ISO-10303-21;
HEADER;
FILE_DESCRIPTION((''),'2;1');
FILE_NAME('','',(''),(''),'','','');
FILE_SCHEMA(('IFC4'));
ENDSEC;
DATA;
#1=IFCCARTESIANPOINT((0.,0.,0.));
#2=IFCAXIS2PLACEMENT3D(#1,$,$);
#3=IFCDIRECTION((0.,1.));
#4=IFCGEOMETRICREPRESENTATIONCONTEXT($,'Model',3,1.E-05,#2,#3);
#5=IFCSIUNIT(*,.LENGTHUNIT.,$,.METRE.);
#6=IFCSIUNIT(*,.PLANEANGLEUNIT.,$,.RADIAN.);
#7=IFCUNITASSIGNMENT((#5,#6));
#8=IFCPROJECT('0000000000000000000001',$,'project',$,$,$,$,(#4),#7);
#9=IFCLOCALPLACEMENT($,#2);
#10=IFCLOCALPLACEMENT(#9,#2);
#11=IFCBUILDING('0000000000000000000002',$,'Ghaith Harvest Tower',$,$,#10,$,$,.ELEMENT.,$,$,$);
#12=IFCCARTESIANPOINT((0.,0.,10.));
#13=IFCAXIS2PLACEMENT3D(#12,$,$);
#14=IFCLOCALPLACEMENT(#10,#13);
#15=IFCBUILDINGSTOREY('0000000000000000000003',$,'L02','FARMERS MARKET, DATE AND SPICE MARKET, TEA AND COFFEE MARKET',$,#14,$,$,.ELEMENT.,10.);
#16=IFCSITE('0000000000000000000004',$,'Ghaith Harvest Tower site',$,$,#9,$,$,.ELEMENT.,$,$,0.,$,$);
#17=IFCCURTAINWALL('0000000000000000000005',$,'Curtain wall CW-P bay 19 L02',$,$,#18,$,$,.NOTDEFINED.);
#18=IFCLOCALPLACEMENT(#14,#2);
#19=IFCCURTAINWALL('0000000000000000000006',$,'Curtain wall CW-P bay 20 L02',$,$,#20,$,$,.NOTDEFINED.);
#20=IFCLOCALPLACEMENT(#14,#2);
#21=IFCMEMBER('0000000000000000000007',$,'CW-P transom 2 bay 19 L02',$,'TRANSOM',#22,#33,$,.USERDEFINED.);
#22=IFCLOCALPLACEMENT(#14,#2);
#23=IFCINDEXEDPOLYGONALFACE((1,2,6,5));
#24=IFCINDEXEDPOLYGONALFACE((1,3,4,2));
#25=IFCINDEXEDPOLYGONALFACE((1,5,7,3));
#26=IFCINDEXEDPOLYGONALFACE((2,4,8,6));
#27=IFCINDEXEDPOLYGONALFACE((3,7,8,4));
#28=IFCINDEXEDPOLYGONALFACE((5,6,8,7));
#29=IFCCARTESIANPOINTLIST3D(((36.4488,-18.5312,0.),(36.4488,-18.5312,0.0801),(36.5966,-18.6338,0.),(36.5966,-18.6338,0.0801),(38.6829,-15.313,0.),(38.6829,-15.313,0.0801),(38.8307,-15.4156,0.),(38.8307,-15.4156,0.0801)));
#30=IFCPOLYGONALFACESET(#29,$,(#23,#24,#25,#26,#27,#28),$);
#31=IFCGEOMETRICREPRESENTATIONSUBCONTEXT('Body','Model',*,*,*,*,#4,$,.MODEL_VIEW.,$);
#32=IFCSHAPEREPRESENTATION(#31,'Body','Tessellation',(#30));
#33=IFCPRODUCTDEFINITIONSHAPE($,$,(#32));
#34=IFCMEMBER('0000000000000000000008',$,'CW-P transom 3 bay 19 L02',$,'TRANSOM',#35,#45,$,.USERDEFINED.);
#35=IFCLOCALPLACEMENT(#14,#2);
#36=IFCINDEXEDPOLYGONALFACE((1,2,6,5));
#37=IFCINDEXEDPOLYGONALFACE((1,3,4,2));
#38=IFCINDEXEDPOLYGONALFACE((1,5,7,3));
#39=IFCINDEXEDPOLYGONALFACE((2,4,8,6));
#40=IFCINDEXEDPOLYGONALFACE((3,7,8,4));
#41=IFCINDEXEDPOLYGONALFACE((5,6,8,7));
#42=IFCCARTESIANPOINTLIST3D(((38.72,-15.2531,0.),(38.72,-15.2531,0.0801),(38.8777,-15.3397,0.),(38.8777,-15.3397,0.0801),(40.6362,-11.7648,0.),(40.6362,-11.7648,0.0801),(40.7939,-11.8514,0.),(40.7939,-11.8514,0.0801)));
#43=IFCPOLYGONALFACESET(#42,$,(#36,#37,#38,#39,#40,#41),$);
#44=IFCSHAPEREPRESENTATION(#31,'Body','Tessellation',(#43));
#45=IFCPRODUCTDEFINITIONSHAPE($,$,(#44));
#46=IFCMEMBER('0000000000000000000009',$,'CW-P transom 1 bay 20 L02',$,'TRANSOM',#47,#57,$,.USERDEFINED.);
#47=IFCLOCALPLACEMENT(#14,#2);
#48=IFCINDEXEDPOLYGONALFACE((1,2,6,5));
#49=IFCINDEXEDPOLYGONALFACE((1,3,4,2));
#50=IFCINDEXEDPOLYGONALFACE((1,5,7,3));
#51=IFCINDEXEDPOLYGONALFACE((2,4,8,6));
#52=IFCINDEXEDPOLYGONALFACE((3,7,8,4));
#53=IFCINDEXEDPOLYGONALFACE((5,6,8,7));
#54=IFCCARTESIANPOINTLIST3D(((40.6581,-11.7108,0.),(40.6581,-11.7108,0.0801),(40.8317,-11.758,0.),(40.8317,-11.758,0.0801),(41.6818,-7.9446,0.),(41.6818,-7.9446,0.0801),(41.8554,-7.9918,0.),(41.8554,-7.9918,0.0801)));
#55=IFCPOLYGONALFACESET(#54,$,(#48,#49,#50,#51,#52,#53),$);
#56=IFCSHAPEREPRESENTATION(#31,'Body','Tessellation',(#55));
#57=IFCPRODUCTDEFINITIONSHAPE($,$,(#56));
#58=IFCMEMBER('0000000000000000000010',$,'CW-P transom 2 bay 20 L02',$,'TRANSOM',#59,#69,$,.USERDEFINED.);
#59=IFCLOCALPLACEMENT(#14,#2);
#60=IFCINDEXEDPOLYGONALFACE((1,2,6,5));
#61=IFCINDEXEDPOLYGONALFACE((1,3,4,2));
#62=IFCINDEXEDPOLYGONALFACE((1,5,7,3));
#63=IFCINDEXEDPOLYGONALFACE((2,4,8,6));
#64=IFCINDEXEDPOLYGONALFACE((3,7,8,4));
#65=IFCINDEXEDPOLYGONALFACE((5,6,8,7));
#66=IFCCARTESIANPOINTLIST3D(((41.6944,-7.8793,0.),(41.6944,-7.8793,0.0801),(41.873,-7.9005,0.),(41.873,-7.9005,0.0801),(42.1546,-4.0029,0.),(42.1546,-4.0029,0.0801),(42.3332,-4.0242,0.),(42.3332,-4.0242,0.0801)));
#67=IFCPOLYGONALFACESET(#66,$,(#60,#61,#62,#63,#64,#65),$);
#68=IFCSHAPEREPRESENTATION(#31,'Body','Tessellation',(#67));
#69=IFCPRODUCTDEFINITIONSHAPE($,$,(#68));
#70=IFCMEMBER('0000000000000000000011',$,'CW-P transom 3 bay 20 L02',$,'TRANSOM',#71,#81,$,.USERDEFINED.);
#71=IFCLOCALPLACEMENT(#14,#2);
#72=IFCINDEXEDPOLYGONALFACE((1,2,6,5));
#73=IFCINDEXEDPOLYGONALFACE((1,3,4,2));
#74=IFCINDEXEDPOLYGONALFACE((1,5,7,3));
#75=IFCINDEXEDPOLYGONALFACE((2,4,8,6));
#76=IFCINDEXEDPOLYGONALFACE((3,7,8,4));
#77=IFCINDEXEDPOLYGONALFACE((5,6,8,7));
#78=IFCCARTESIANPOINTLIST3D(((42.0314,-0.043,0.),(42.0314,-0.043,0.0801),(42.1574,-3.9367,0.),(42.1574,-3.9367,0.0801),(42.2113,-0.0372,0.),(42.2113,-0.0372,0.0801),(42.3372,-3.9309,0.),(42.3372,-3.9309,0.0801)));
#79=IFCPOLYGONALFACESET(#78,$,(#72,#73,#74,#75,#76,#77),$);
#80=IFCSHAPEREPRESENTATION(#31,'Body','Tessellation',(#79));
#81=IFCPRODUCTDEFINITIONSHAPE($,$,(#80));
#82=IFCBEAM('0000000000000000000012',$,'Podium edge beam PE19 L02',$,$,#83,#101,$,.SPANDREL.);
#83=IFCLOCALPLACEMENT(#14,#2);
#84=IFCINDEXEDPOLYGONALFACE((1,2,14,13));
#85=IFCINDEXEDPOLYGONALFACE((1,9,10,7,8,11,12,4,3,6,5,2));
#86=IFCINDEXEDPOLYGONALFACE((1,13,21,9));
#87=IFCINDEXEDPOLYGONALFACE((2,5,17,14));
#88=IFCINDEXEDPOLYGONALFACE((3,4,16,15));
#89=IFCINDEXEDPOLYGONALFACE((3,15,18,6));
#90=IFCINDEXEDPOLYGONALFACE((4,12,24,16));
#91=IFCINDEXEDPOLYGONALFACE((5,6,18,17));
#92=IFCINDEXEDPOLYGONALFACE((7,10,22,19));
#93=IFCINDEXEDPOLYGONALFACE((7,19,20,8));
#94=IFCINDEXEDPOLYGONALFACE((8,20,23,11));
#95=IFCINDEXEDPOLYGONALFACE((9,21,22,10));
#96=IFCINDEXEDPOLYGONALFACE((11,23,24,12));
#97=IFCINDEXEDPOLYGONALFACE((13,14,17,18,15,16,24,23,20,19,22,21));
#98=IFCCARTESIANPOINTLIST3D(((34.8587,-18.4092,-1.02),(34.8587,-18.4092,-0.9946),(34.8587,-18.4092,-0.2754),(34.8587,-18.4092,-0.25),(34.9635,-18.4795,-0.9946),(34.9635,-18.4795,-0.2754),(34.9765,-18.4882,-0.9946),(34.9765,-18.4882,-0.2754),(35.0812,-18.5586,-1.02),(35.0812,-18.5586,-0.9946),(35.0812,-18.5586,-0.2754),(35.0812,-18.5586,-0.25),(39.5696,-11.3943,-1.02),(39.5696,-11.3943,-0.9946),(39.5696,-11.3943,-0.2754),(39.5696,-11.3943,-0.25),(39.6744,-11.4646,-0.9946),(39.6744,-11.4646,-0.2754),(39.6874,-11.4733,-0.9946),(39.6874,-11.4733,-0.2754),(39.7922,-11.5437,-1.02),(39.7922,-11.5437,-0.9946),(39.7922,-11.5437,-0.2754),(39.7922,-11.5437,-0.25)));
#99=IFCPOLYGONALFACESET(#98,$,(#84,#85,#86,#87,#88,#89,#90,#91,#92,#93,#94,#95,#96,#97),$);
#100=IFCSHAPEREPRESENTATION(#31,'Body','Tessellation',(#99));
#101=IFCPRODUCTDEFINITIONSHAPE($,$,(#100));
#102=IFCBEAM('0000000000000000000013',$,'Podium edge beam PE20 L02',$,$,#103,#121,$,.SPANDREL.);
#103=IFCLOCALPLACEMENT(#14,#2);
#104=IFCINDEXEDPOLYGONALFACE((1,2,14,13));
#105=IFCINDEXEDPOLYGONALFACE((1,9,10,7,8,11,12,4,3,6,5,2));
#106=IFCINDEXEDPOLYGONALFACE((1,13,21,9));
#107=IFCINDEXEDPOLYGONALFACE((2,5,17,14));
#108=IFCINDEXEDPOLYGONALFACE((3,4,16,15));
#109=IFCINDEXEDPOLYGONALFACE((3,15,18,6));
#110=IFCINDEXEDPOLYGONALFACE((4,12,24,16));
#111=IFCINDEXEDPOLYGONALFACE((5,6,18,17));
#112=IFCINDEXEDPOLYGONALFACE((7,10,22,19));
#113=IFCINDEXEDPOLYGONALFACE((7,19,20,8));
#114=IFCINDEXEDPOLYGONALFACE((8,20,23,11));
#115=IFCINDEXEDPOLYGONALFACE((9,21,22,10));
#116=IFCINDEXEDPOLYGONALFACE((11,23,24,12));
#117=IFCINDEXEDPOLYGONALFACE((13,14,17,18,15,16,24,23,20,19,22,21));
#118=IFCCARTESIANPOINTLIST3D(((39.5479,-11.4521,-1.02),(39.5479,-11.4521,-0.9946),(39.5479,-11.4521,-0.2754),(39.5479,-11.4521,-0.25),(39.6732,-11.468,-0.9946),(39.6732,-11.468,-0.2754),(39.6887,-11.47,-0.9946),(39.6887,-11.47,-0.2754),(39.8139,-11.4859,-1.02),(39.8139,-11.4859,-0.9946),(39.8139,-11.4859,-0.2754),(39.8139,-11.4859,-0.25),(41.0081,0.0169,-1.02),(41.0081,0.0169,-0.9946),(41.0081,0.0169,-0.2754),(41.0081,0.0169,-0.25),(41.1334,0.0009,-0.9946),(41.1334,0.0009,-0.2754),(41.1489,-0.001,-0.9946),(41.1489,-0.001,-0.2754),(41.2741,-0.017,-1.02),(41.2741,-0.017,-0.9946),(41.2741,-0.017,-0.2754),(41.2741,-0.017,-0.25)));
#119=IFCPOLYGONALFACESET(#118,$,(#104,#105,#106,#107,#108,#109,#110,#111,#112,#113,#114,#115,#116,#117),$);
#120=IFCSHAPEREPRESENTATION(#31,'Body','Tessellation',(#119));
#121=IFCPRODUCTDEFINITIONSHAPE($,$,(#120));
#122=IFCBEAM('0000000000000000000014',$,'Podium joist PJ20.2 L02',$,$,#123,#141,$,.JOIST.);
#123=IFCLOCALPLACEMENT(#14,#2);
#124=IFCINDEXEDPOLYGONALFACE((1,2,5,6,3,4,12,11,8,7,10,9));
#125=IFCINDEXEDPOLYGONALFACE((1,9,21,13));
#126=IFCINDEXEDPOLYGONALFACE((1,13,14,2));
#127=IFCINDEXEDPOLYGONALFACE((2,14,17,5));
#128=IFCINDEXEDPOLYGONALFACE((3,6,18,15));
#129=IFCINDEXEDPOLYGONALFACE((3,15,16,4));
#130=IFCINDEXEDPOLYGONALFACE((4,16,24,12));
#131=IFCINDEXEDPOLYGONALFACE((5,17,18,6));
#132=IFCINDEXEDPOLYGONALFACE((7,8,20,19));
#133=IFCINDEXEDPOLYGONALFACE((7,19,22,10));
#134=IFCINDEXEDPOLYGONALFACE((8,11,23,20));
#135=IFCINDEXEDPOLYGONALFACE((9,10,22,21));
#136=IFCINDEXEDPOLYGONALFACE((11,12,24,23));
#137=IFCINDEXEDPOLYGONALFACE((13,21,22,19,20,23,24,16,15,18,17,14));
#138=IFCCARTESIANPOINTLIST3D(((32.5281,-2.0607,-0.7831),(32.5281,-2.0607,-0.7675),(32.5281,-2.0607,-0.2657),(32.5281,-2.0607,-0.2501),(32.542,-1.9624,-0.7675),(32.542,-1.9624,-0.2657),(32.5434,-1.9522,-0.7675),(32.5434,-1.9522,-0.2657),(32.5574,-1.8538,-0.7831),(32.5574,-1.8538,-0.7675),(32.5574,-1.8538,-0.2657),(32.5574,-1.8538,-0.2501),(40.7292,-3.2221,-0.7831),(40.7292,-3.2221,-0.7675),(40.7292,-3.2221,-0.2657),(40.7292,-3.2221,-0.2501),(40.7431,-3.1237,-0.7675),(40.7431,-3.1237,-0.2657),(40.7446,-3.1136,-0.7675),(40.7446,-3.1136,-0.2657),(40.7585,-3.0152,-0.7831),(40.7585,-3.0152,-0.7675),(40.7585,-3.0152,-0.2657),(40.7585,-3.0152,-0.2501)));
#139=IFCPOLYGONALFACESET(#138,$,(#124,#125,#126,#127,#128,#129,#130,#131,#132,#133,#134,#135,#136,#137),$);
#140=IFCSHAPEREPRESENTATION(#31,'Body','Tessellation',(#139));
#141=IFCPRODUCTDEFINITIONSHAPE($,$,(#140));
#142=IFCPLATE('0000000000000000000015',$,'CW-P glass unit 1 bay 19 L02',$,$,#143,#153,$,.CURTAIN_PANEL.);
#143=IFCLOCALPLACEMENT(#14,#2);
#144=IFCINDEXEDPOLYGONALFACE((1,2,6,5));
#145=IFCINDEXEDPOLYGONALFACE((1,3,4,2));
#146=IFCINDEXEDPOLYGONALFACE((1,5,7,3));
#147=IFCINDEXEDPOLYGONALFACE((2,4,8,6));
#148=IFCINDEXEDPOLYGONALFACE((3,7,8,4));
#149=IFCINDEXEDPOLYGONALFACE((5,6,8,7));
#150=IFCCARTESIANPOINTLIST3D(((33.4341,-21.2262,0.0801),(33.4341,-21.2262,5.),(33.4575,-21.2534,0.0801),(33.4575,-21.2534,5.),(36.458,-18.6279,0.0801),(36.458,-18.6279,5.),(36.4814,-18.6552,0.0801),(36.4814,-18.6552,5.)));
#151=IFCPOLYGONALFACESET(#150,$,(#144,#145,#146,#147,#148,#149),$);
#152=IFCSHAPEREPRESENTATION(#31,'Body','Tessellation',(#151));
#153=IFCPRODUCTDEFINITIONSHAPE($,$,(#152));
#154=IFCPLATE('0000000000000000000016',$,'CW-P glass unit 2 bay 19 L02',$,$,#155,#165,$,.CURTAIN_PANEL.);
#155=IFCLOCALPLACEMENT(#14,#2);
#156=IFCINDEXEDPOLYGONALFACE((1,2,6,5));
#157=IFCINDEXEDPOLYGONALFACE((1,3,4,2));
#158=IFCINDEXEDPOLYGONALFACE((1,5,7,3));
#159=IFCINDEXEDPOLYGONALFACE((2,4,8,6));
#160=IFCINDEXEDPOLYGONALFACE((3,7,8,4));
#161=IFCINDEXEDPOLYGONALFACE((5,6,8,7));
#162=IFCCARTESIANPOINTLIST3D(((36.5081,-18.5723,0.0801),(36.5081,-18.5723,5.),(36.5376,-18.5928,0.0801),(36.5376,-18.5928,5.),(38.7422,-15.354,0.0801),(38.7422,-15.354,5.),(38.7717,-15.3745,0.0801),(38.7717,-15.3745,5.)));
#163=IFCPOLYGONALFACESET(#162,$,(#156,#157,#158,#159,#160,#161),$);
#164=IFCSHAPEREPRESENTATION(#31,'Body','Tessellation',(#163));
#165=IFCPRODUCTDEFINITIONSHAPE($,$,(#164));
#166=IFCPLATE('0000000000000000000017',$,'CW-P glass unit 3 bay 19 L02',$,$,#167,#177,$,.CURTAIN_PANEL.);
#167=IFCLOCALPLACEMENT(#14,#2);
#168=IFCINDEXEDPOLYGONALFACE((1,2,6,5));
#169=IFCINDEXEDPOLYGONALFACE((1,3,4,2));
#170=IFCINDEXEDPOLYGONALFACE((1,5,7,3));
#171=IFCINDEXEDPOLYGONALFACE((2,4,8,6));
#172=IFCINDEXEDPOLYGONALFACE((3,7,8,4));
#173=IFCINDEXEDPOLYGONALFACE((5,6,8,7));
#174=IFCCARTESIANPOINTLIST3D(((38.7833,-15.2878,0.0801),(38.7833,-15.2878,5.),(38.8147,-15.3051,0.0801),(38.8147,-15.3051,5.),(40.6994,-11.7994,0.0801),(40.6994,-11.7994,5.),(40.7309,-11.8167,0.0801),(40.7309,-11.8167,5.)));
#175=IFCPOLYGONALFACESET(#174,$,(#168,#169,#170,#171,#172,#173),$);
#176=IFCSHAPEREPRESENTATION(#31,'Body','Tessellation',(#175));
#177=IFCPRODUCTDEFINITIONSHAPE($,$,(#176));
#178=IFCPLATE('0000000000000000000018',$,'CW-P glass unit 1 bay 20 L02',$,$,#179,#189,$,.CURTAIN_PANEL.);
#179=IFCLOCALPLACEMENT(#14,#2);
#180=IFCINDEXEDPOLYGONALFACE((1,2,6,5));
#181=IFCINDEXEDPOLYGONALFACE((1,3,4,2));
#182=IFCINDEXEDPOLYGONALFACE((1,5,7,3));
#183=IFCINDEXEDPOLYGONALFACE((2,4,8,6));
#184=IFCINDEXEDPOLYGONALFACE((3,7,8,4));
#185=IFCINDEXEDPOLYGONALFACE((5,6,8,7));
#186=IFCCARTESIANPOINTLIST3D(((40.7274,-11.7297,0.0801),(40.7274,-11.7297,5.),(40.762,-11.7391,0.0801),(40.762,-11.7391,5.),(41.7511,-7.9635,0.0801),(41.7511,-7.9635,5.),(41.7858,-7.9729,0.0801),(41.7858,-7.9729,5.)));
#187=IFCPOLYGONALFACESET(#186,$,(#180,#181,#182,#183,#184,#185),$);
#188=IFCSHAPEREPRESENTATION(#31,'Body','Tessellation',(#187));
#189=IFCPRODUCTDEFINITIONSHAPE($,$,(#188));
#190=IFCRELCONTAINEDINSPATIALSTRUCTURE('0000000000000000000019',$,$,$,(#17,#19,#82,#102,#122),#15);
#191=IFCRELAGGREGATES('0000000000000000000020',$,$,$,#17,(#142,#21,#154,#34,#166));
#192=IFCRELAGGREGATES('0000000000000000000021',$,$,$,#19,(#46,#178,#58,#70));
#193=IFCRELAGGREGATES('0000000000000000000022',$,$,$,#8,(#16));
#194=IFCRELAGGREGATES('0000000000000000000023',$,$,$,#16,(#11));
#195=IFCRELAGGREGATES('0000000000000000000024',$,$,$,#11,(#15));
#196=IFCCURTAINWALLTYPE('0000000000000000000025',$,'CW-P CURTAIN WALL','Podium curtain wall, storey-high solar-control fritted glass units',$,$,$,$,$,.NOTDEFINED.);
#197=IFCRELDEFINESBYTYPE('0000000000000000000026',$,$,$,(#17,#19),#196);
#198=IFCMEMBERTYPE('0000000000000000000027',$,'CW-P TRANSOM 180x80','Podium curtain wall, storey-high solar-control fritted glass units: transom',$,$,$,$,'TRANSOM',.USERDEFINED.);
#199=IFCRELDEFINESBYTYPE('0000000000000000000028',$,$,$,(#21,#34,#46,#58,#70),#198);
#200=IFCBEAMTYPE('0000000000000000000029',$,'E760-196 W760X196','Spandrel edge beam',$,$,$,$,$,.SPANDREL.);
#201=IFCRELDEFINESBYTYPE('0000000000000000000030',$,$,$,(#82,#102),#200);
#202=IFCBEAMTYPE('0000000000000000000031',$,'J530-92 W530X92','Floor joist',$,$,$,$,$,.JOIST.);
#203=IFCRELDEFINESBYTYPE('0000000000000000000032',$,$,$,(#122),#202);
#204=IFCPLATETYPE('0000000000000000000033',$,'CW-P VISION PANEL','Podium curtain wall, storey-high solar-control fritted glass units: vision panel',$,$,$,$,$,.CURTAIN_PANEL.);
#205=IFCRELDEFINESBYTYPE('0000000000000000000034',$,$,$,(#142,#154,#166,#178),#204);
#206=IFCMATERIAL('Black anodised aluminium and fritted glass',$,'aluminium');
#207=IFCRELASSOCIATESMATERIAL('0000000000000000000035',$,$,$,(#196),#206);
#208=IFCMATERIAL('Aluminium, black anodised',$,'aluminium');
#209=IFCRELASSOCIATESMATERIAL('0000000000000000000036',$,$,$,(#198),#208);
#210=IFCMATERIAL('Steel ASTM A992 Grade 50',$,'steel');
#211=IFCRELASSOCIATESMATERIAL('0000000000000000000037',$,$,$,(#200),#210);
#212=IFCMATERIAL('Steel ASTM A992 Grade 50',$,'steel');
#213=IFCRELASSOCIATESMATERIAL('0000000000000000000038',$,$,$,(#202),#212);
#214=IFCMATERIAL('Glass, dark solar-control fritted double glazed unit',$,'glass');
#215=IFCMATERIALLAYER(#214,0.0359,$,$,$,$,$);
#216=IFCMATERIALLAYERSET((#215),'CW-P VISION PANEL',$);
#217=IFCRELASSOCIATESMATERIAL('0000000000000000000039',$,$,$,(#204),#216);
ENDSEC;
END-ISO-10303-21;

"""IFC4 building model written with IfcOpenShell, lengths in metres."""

from ifc_helpers import new_model, si_unit, direction, frame, origin, origin_2d, place, context, subcontext, project, spatial, rectangle, i_section, extrude, material, layer, layer_set, material_profile, profile_set, type_object, element, aggregate, save


model = new_model("IFC4")

# Units and contexts
model_context = context("Model", 3, precision=1e-05, world=origin(), true_north=direction((0.0, 1.0)))
body_context = subcontext(model_context, "Body", "Model", "MODEL_VIEW")
ifc_project = project(units=[si_unit("LENGTHUNIT", "METRE"), si_unit("PLANEANGLEUNIT", "RADIAN")], contexts=[model_context])

# Site, building, storey
site_placement = place(None, origin())
site = spatial("IfcSite", under=ifc_project, at=site_placement, Name="Ghaith Harvest Tower site", CompositionType="ELEMENT", RefElevation=0.0)
building_placement = place(site_placement, origin())
building = spatial("IfcBuilding", under=site, at=building_placement, Name="Ghaith Harvest Tower", CompositionType="ELEMENT")
storey_placement = place(building_placement, frame((0.0, 0.0, 10.0)))
storey = spatial("IfcBuildingStorey", under=building, at=storey_placement, Name="L02", Description="FARMERS MARKET, DATE AND SPICE MARKET, TEA AND COFFEE MARKET", CompositionType="ELEMENT", Elevation=10.0)

# Curtain walls
ifc_material_1 = material(Name="Black anodised aluminium and fritted glass", Category="aluminium")
curtain_wall_type = type_object("IfcCurtainWallType", Name="CW-P CURTAIN WALL", Description="Podium curtain wall, storey-high solar-control fritted glass units", PredefinedType="NOTDEFINED", material=ifc_material_1)
curtain_wall_1_placement = place(storey_placement, origin())
curtain_wall_1 = element("IfcCurtainWall", 1, at=curtain_wall_1_placement, inside=storey, type_object=curtain_wall_type, Name="Curtain wall CW-P bay 19 L02", PredefinedType="NOTDEFINED")
curtain_wall_2_placement = place(storey_placement, origin())
curtain_wall_2 = element("IfcCurtainWall", 2, at=curtain_wall_2_placement, inside=storey, type_object=curtain_wall_type, Name="Curtain wall CW-P bay 20 L02", PredefinedType="NOTDEFINED")

# Members
ifc_material_2 = material(Name="Aluminium, black anodised", Category="aluminium")
ifc_material_profile_1 = material_profile(ifc_material_2, rectangle(XDim=0.1799, YDim=0.0801, at=origin_2d()), Name="CW-P TRANSOM 180x80")
ifc_profile_set_1 = profile_set([ifc_material_profile_1], Name="Aluminium, black anodised")
member_type_1 = type_object("IfcMemberType", Name="CW-P TRANSOM 180x80", Description="Podium curtain wall, storey-high solar-control fritted glass units: transom", ElementType="TRANSOM", PredefinedType="USERDEFINED", material=ifc_profile_set_1)
member_1_placement = place(storey_placement, frame((36.5227, -18.5825, 0.04), z_axis=(0.570263, 0.821462, 0.0), x_axis=(-0.821462, 0.570263, 0.0)))
member_1 = element("IfcMember", 3, at=member_1_placement, type_object=member_type_1, Name="CW-P transom 2 bay 19 L02", ObjectType="TRANSOM", PredefinedType="USERDEFINED", context=body_context, shape_type="SweptSolid", body=[
    extrude(rectangle(XDim=0.1799, YDim=0.0801, at=origin_2d()), origin(), (0.0, 0.0, 1.0), 3.9177),
])
member_2_placement = place(storey_placement, frame((38.7988, -15.2964, 0.04), z_axis=(0.481476, 0.876459, 0.0), x_axis=(-0.876459, 0.481476, 0.0)))
member_2 = element("IfcMember", 4, at=member_2_placement, type_object=member_type_1, Name="CW-P transom 3 bay 19 L02", ObjectType="TRANSOM", PredefinedType="USERDEFINED", context=body_context, shape_type="SweptSolid", body=[
    extrude(rectangle(XDim=0.1799, YDim=0.0801, at=origin_2d()), origin(), (0.0, 0.0, 1.0), 3.98),
])
member_3_placement = place(storey_placement, frame((40.7449, -11.7344, 0.04), z_axis=(0.262297, 0.964987, 0.0), x_axis=(-0.964987, 0.262297, 0.0)))
member_3 = element("IfcMember", 5, at=member_3_placement, type_object=member_type_1, Name="CW-P transom 1 bay 20 L02", ObjectType="TRANSOM", PredefinedType="USERDEFINED", context=body_context, shape_type="SweptSolid", body=[
    extrude(rectangle(XDim=0.1799, YDim=0.0801, at=origin_2d()), origin(), (0.0, 0.0, 1.0), 3.9028),
])
member_4_placement = place(storey_placement, frame((41.7837, -7.8899, 0.04), z_axis=(0.117897, 0.993026, 0.0), x_axis=(-0.993026, 0.117897, 0.0)))
member_4 = element("IfcMember", 6, at=member_4_placement, type_object=member_type_1, Name="CW-P transom 2 bay 20 L02", ObjectType="TRANSOM", PredefinedType="USERDEFINED", context=body_context, shape_type="SweptSolid", body=[
    extrude(rectangle(XDim=0.1799, YDim=0.0801, at=origin_2d()), origin(), (0.0, 0.0, 1.0), 3.9036),
])
member_5_placement = place(storey_placement, frame((42.2473, -3.9338, 0.04), z_axis=(-0.032336, 0.999477, 0.0), x_axis=(-0.999477, -0.032336, 0.0)))
member_5 = element("IfcMember", 7, at=member_5_placement, type_object=member_type_1, Name="CW-P transom 3 bay 20 L02", ObjectType="TRANSOM", PredefinedType="USERDEFINED", context=body_context, shape_type="SweptSolid", body=[
    extrude(rectangle(XDim=0.1799, YDim=0.0801, at=origin_2d()), origin(), (0.0, 0.0, 1.0), 3.8958),
])

# Beams
ifc_material_3 = material(Name="Steel ASTM A992 Grade 50", Category="steel")
ifc_material_profile_2 = material_profile(ifc_material_3, i_section(OverallWidth=0.2681, OverallDepth=0.77, WebThickness=0.0156, FlangeThickness=0.0254, at=origin_2d()), Name="W760X196")
ifc_profile_set_2 = profile_set([ifc_material_profile_2], Name="Steel ASTM A992 Grade 50")
beam_type_1 = type_object("IfcBeamType", Name="E760-196 W760X196", Description="Spandrel edge beam", PredefinedType="SPANDREL", material=ifc_profile_set_2)
beam_1_placement = place(storey_placement, frame((34.97, -18.4839, -0.635), z_axis=(0.557511, 0.83017, 0.0), x_axis=(-0.83017, 0.557511, 0.0)))
element("IfcBeam", 8, at=beam_1_placement, inside=storey, type_object=beam_type_1, Name="Podium edge beam PE19 L02", PredefinedType="SPANDREL", context=body_context, shape_type="SweptSolid", body=[
    extrude(i_section(OverallWidth=0.2681, OverallDepth=0.77, WebThickness=0.0156, FlangeThickness=0.0254, at=origin_2d()), origin(), (0.0, 0.0, 1.0), 8.45),
])
beam_2_placement = place(storey_placement, frame((39.6809, -11.469, -0.635), z_axis=(0.126298, 0.991992, 0.0), x_axis=(-0.991992, 0.126298, 0.0)))
element("IfcBeam", 9, at=beam_2_placement, inside=storey, type_object=beam_type_1, Name="Podium edge beam PE20 L02", PredefinedType="SPANDREL", context=body_context, shape_type="SweptSolid", body=[
    extrude(i_section(OverallWidth=0.2681, OverallDepth=0.77, WebThickness=0.0156, FlangeThickness=0.0254, at=origin_2d()), origin(), (0.0, 0.0, 1.0), 11.5615),
])
ifc_material_4 = material(Name="Steel ASTM A992 Grade 50", Category="steel")
ifc_material_profile_3 = material_profile(ifc_material_4, i_section(OverallWidth=0.209, OverallDepth=0.533, WebThickness=0.0103, FlangeThickness=0.0156, at=origin_2d()), Name="W530X92")
ifc_profile_set_3 = profile_set([ifc_material_profile_3], Name="Steel ASTM A992 Grade 50")
beam_type_2 = type_object("IfcBeamType", Name="J530-92 W530X92", Description="Floor joist", PredefinedType="JOIST", material=ifc_profile_set_3)
beam_3_placement = place(storey_placement, frame((32.5427, -1.9573, -0.5166), z_axis=(0.990121, -0.140212, 0.0), x_axis=(0.140212, 0.990121, 0.0)))
element("IfcBeam", 10, at=beam_3_placement, inside=storey, type_object=beam_type_2, Name="Podium joist PJ20.2 L02", PredefinedType="JOIST", context=body_context, shape_type="SweptSolid", body=[
    extrude(i_section(OverallWidth=0.209, OverallDepth=0.533, WebThickness=0.0103, FlangeThickness=0.0156, at=origin_2d()), origin(), (0.0, 0.0, 1.0), 8.283),
])

# Plates
ifc_material_5 = material(Name="Glass, dark solar-control fritted double glazed unit", Category="glass")
ifc_layer_1 = layer(ifc_material_5, 0.0359)
ifc_layer_set_1 = layer_set([ifc_layer_1], Name="CW-P VISION PANEL")
plate_type_1 = type_object("IfcPlateType", Name="CW-P VISION PANEL", Description="Podium curtain wall, storey-high solar-control fritted glass units: vision panel", PredefinedType="CURTAIN_PANEL", material=ifc_layer_set_1)
plate_1_placement = place(storey_placement, frame((34.9578, -19.9407, 0.0801), z_axis=(0.0, 0.0, 1.0), x_axis=(0.758467, 0.651711, 0.0)))
plate_1 = element("IfcPlate", 11, at=plate_1_placement, type_object=plate_type_1, Name="CW-P glass unit 1 bay 19 L02", PredefinedType="CURTAIN_PANEL", context=body_context, shape_type="SweptSolid", body=[
    extrude(rectangle(XDim=3.9868, YDim=0.0359, at=origin_2d()), origin(), (0.0, 0.0, 1.0), 4.9199),
])
plate_2_placement = place(storey_placement, frame((37.6399, -16.9734, 0.0801), z_axis=(0.0, 0.0, 1.0), x_axis=(0.570249, 0.821472, 0.0)))
plate_2 = element("IfcPlate", 12, at=plate_2_placement, type_object=plate_type_1, Name="CW-P glass unit 2 bay 19 L02", PredefinedType="CURTAIN_PANEL", context=body_context, shape_type="SweptSolid", body=[
    extrude(rectangle(XDim=3.9177, YDim=0.0359, at=origin_2d()), origin(), (0.0, 0.0, 1.0), 4.9199),
])
plate_3_placement = place(storey_placement, frame((39.7571, -13.5522, 0.0801), z_axis=(0.0, 0.0, 1.0), x_axis=(0.481454, 0.876471, 0.0)))
plate_3 = element("IfcPlate", 13, at=plate_3_placement, type_object=plate_type_1, Name="CW-P glass unit 3 bay 19 L02", PredefinedType="CURTAIN_PANEL", context=body_context, shape_type="SweptSolid", body=[
    extrude(rectangle(XDim=3.98, YDim=0.0359, at=origin_2d()), origin(), (0.0, 0.0, 1.0), 4.9199),
])
aggregate(curtain_wall_1, [plate_1, member_1, plate_2, member_2, plate_3])
plate_4_placement = place(storey_placement, frame((41.2566, -9.8513, 0.0801), z_axis=(0.0, 0.0, 1.0), x_axis=(0.262307, 0.964985, 0.0)))
plate_4 = element("IfcPlate", 14, at=plate_4_placement, type_object=plate_type_1, Name="CW-P glass unit 1 bay 20 L02", PredefinedType="CURTAIN_PANEL", context=body_context, shape_type="SweptSolid", body=[
    extrude(rectangle(XDim=3.9028, YDim=0.0359, at=origin_2d()), origin(), (0.0, 0.0, 1.0), 4.9199),
])
aggregate(curtain_wall_2, [member_3, plate_4, member_4, member_5])

save(model, "model.ifc")
